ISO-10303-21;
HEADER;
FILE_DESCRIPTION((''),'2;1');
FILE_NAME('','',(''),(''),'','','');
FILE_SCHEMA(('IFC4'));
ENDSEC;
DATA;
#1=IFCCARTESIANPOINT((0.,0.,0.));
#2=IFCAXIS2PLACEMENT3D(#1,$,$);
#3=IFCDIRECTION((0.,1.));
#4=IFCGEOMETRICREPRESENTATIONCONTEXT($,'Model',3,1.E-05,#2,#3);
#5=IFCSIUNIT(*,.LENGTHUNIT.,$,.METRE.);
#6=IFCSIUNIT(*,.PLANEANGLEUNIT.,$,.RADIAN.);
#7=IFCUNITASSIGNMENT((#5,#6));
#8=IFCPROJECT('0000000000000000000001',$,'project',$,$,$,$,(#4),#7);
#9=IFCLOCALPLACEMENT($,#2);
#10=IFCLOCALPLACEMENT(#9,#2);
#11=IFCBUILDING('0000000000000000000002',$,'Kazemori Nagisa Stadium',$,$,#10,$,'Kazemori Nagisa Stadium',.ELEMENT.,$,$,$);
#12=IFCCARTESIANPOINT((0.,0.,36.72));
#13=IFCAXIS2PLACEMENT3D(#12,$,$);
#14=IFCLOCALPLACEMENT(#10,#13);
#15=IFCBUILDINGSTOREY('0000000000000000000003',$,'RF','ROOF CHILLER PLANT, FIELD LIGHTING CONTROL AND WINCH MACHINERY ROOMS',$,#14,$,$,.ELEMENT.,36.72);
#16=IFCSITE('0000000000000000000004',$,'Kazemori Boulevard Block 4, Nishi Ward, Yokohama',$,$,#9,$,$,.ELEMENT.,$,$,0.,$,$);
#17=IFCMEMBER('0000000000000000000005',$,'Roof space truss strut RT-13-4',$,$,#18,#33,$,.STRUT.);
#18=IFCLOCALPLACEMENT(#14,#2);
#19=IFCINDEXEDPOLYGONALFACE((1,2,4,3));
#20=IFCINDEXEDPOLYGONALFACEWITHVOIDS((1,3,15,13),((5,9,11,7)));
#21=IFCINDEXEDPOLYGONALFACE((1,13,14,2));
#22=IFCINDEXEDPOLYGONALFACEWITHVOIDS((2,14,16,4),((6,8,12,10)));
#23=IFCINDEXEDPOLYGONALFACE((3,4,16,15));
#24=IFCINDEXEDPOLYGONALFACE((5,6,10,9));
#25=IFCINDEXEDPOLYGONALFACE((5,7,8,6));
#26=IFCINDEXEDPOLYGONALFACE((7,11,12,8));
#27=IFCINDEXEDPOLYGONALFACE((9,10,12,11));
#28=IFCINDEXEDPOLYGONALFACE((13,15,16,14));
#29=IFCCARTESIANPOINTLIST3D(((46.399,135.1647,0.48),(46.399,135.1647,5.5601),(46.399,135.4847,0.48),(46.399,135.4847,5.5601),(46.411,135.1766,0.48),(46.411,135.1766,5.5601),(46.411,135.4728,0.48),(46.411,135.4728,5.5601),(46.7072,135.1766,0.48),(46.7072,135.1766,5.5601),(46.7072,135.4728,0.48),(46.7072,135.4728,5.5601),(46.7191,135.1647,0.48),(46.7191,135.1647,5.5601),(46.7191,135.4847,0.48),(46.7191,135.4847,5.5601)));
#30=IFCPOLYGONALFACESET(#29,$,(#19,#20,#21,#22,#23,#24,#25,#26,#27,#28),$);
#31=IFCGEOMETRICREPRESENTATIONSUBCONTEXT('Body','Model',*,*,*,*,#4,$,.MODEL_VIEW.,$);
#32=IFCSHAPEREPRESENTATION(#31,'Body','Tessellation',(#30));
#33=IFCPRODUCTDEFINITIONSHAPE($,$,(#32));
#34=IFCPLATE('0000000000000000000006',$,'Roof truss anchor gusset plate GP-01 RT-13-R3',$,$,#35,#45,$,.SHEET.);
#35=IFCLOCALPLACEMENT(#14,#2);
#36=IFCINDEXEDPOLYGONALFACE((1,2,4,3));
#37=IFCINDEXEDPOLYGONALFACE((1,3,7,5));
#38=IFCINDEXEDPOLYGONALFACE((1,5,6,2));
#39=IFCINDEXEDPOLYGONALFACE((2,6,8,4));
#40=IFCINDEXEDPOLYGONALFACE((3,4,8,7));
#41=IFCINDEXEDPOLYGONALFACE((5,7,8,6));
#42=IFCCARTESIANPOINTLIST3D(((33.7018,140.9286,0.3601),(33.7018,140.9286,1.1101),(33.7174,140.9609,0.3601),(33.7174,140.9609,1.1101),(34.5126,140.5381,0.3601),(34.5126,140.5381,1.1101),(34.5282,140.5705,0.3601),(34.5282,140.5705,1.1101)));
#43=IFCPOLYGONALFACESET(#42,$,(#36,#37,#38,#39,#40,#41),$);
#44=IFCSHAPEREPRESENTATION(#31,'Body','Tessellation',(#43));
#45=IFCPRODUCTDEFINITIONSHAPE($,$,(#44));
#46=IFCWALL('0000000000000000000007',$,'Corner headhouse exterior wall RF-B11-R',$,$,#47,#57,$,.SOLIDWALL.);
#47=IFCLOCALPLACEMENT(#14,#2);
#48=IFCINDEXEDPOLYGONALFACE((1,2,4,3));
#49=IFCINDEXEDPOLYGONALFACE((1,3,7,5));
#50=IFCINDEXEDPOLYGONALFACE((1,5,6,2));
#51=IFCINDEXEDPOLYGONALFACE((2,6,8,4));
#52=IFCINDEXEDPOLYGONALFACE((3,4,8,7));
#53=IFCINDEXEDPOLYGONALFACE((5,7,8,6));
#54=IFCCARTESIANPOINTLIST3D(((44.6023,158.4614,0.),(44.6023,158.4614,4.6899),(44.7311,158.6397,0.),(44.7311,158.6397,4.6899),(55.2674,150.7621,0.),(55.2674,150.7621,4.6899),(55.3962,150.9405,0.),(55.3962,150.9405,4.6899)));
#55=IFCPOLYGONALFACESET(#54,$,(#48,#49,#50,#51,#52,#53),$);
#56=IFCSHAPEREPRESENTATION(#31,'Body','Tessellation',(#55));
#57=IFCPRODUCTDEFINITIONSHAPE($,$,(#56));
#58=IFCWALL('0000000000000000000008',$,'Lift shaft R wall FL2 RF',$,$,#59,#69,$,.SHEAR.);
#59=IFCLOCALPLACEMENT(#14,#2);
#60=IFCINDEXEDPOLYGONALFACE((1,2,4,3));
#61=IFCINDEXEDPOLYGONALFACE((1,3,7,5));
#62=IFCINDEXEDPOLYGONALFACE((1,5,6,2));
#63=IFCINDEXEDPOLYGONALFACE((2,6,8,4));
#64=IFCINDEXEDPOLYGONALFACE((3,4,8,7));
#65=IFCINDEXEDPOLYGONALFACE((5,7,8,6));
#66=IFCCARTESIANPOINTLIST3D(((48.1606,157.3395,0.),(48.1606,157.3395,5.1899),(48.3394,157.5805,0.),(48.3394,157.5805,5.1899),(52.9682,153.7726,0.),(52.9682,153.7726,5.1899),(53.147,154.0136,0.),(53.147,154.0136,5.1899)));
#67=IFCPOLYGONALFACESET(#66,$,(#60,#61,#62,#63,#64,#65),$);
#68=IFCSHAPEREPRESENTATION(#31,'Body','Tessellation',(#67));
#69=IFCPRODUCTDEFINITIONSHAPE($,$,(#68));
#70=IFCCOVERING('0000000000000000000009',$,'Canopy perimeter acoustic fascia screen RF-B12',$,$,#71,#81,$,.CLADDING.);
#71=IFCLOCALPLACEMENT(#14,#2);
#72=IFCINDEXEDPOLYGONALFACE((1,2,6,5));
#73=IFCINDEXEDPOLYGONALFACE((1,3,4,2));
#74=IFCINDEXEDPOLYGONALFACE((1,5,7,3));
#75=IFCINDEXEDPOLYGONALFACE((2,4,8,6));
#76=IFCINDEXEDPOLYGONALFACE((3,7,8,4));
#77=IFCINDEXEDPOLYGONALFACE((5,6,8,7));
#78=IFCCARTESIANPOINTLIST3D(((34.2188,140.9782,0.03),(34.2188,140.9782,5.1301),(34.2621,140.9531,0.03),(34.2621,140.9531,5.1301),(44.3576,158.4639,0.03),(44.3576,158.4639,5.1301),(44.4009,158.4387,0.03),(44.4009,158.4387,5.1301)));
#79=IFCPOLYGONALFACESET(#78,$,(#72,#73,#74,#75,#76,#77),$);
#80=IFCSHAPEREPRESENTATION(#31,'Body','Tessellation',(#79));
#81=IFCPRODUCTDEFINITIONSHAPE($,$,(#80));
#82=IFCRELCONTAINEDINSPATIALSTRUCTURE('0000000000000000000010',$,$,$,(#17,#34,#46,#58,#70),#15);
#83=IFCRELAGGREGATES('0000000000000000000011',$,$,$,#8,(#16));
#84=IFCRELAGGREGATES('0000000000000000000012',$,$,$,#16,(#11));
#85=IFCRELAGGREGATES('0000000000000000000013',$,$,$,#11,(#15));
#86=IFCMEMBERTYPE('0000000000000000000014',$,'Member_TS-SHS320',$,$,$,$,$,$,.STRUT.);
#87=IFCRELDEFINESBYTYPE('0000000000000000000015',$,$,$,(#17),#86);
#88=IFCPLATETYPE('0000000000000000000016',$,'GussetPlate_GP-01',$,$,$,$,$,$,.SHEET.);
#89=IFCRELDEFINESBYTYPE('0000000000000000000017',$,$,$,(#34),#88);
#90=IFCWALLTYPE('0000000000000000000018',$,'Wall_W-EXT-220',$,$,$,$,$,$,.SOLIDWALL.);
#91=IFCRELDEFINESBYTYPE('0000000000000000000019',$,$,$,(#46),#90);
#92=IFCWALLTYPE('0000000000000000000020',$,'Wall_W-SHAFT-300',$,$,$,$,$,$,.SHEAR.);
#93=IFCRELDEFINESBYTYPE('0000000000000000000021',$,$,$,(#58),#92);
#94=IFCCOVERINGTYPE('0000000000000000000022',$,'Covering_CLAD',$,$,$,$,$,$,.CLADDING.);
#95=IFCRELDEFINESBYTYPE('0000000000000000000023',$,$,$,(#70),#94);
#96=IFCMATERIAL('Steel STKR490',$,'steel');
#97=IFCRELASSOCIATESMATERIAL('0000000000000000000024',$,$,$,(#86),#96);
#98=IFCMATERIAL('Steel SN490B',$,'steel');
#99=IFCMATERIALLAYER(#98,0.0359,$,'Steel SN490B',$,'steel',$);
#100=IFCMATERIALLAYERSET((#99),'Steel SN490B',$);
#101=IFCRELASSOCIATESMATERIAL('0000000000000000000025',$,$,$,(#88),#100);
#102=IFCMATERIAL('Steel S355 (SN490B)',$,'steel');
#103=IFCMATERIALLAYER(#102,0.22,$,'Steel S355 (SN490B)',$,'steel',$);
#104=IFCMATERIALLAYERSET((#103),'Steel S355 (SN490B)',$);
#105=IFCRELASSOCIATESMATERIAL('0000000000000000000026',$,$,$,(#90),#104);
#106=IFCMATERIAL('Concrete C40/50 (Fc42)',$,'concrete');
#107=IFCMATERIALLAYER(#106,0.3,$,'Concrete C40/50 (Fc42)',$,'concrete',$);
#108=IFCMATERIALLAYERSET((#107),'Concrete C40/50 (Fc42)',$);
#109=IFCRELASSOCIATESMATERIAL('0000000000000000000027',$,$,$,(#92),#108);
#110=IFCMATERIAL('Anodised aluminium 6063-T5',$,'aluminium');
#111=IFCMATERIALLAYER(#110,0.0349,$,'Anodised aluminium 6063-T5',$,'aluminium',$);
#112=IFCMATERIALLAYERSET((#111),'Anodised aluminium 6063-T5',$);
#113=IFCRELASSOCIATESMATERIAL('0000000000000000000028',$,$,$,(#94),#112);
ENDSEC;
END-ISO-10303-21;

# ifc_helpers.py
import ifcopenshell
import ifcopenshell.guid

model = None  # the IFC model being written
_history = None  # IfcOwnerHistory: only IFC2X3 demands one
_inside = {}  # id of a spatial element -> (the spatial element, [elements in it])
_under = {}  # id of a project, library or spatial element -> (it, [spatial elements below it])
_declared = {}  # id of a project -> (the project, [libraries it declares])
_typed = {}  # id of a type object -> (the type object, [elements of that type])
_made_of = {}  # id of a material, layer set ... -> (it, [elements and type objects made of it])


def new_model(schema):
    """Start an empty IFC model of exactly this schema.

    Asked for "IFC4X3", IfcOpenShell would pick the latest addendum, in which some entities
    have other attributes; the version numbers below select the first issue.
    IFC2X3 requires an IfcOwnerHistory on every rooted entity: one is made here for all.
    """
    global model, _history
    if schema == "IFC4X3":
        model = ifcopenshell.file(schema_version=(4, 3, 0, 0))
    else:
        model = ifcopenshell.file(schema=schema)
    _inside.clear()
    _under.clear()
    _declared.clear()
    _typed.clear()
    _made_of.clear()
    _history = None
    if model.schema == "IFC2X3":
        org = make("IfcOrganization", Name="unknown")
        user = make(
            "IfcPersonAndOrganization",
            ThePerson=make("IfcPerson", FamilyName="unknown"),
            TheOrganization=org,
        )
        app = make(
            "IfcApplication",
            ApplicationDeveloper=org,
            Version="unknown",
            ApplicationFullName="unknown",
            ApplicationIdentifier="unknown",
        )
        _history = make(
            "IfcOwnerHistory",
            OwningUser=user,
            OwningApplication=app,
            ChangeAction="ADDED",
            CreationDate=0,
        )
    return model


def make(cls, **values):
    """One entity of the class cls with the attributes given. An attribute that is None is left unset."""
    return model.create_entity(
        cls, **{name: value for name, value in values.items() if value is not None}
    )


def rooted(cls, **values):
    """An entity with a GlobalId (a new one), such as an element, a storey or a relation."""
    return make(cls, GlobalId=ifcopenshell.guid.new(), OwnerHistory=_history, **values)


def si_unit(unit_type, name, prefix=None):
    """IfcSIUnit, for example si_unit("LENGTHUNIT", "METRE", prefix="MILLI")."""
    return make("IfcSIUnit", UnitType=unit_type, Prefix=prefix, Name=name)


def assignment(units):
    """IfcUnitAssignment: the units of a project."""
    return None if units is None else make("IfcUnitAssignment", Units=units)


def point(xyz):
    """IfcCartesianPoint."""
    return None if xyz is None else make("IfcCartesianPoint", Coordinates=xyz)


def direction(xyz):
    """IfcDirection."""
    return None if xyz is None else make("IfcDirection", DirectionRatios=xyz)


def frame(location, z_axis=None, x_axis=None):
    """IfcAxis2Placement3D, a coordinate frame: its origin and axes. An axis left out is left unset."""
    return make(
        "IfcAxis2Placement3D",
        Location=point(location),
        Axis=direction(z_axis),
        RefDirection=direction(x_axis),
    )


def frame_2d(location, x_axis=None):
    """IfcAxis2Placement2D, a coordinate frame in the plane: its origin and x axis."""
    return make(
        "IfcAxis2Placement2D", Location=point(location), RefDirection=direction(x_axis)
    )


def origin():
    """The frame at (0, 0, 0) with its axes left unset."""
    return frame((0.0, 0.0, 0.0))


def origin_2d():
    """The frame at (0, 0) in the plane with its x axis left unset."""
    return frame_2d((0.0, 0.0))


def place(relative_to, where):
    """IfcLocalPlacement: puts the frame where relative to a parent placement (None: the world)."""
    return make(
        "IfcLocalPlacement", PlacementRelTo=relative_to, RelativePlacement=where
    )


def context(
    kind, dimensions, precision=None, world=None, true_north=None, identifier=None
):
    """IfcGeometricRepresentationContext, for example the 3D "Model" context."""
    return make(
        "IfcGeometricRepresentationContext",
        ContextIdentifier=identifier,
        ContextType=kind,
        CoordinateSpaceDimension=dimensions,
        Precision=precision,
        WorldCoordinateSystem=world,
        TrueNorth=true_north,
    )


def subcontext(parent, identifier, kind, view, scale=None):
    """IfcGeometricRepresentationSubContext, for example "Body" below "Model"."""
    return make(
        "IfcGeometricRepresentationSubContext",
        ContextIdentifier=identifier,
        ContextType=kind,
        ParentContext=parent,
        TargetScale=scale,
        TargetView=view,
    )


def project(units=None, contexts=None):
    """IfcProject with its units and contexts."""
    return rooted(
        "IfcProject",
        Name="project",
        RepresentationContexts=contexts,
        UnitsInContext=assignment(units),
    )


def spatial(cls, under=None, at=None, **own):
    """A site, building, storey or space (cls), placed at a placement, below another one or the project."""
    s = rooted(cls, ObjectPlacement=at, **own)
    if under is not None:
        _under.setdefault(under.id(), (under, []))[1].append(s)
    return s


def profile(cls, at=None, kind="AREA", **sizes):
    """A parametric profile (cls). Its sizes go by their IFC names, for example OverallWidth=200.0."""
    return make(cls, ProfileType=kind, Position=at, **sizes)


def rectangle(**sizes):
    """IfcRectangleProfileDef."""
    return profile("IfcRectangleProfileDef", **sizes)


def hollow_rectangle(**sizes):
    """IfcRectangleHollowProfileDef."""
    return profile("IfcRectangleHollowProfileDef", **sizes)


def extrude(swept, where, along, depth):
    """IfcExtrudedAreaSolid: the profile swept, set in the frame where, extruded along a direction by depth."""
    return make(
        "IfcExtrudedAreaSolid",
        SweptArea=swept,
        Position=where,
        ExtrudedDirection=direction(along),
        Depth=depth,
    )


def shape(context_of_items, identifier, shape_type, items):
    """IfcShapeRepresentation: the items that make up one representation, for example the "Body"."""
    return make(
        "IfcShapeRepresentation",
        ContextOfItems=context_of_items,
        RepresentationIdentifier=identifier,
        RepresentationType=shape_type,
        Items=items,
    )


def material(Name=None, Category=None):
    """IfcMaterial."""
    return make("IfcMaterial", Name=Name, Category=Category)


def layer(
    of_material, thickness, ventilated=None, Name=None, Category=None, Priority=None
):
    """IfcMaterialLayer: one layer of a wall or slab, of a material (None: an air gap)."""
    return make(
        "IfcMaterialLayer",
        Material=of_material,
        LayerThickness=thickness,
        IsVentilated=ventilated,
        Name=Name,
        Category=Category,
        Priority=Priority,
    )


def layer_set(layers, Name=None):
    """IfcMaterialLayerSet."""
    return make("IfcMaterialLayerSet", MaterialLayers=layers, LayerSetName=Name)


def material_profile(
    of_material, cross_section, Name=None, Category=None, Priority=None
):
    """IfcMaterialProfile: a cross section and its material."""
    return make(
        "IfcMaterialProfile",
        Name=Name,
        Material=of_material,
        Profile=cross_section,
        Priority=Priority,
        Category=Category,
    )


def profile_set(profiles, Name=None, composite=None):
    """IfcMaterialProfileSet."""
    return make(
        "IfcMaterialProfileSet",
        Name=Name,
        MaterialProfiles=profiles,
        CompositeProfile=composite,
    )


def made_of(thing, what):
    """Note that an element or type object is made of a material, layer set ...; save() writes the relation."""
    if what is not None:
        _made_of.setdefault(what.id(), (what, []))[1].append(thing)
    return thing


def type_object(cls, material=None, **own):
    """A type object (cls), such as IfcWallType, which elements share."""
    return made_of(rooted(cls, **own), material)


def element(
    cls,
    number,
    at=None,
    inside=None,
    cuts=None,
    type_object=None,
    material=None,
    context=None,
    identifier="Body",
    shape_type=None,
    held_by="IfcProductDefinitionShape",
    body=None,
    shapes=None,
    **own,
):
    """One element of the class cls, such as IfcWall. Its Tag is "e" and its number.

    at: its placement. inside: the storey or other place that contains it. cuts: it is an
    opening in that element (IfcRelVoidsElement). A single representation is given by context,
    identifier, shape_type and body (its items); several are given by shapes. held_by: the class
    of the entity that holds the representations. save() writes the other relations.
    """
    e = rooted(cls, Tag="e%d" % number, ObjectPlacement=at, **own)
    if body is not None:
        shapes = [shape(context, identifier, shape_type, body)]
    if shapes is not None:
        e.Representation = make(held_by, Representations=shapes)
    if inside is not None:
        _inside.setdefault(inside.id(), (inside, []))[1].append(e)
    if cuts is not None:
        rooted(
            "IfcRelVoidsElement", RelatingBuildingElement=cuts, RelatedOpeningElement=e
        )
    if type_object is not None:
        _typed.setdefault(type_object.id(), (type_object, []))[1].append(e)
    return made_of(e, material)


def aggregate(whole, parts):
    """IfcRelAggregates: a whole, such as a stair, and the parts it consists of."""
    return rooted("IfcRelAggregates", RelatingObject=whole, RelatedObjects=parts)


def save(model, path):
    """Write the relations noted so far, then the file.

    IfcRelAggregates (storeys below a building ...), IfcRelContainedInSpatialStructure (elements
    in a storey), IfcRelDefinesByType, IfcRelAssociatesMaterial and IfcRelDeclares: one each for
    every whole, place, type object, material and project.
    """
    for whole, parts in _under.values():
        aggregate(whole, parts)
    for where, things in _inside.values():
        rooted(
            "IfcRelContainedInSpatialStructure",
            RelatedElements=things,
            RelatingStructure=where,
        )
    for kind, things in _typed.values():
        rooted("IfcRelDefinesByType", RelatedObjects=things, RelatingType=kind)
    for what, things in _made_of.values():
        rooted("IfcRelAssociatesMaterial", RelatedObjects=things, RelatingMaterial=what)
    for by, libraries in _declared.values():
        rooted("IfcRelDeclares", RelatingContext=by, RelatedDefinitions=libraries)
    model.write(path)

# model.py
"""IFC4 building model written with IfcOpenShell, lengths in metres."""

from ifc_helpers import new_model, si_unit, direction, frame, frame_2d, origin, origin_2d, place, context, subcontext, project, spatial, rectangle, hollow_rectangle, extrude, material, layer, layer_set, material_profile, profile_set, type_object, element, save


model = new_model("IFC4")

# Units and contexts
model_context = context("Model", 3, precision=1e-05, world=origin(), true_north=direction((0.0, 1.0)))
body_context = subcontext(model_context, "Body", "Model", "MODEL_VIEW")
ifc_project = project(units=[si_unit("LENGTHUNIT", "METRE"), si_unit("PLANEANGLEUNIT", "RADIAN")], contexts=[model_context])

# Site, building, storey
site_placement = place(None, origin())
site = spatial("IfcSite", under=ifc_project, at=site_placement, Name="Kazemori Boulevard Block 4, Nishi Ward, Yokohama", CompositionType="ELEMENT", RefElevation=0.0)
building_placement = place(site_placement, origin())
building = spatial("IfcBuilding", under=site, at=building_placement, Name="Kazemori Nagisa Stadium", LongName="Kazemori Nagisa Stadium", CompositionType="ELEMENT")
storey_placement = place(building_placement, frame((0.0, 0.0, 36.72)))
storey = spatial("IfcBuildingStorey", under=building, at=storey_placement, Name="RF", Description="ROOF CHILLER PLANT, FIELD LIGHTING CONTROL AND WINCH MACHINERY ROOMS", CompositionType="ELEMENT", Elevation=36.72)

# Shared definitions
ifc_material_1 = material(Name="Steel SN490B", Category="steel")

# Member
ifc_material_2 = material(Name="Steel STKR490", Category="steel")
ifc_material_profile_1 = material_profile(ifc_material_2, hollow_rectangle(XDim=0.3201, YDim=0.3201, WallThickness=0.012, at=origin_2d()), Name="SHS-320x320x12")
ifc_profile_set_1 = profile_set([ifc_material_profile_1], Name="Steel STKR490")
member_type_1 = type_object("IfcMemberType", Name="Member_TS-SHS320", PredefinedType="STRUT", material=ifc_profile_set_1)
member_1_placement = place(storey_placement, frame((46.5591, 135.3247, 0.48), z_axis=(0.0, 0.0, 1.0), x_axis=(1.0, 0.0, 0.0)))
element("IfcMember", 1, at=member_1_placement, inside=storey, type_object=member_type_1, Name="Roof space truss strut RT-13-4", PredefinedType="STRUT", context=body_context, shape_type="SweptSolid", body=[
    extrude(hollow_rectangle(XDim=0.3201, YDim=0.3201, WallThickness=0.012, at=origin_2d()), origin(), (0.0, 0.0, 1.0), 5.0801),
])

# Plate
ifc_layer_1 = layer(ifc_material_1, 0.0359, Name="Steel SN490B", Category="steel")
ifc_layer_set_1 = layer_set([ifc_layer_1], Name="Steel SN490B")
plate_type = type_object("IfcPlateType", Name="GussetPlate_GP-01", PredefinedType="SHEET", material=ifc_layer_set_1)
plate_placement = place(storey_placement, frame((34.115, 140.7495, 0.3601), z_axis=(0.0, 0.0, 1.0), x_axis=(-0.900969, 0.433884, 0.0)))
element("IfcPlate", 2, at=plate_placement, inside=storey, type_object=plate_type, Name="Roof truss anchor gusset plate GP-01 RT-13-R3", PredefinedType="SHEET", context=body_context, shape_type="SweptSolid", body=[
    extrude(rectangle(XDim=0.8999, YDim=0.0359, at=origin_2d()), origin(), (0.0, 0.0, 1.0), 0.75),
])

# Walls
ifc_material_3 = material(Name="Steel S355 (SN490B)", Category="steel")
ifc_layer_2 = layer(ifc_material_3, 0.22, Name="Steel S355 (SN490B)", Category="steel")
ifc_layer_set_2 = layer_set([ifc_layer_2], Name="Steel S355 (SN490B)")
wall_type_1 = type_object("IfcWallType", Name="Wall_W-EXT-220", PredefinedType="SOLIDWALL", material=ifc_layer_set_2)
wall_1_placement = place(storey_placement, frame((55.3318, 150.8513, 0.0), z_axis=(0.0, 0.0, 1.0), x_axis=(-0.810799, 0.585325, 0.0)))
element("IfcWall", 3, at=wall_1_placement, inside=storey, type_object=wall_type_1, Name="Corner headhouse exterior wall RF-B11-R", PredefinedType="SOLIDWALL", context=body_context, shape_type="SweptSolid", body=[
    extrude(rectangle(XDim=13.1538, YDim=0.22, at=frame_2d((6.5769, 0.0))), origin(), (0.0, 0.0, 1.0), 4.6899),
])
ifc_material_4 = material(Name="Concrete C40/50 (Fc42)", Category="concrete")
ifc_layer_3 = layer(ifc_material_4, 0.3, Name="Concrete C40/50 (Fc42)", Category="concrete")
ifc_layer_set_3 = layer_set([ifc_layer_3], Name="Concrete C40/50 (Fc42)")
wall_type_2 = type_object("IfcWallType", Name="Wall_W-SHAFT-300", PredefinedType="SHEAR", material=ifc_layer_set_3)
wall_2_placement = place(storey_placement, frame((53.0576, 153.8931, 0.0), z_axis=(0.0, 0.0, 1.0), x_axis=(-0.803102, 0.595842, 0.0)))
element("IfcWall", 4, at=wall_2_placement, inside=storey, type_object=wall_type_2, Name="Lift shaft R wall FL2 RF", PredefinedType="SHEAR", context=body_context, shape_type="SweptSolid", body=[
    extrude(rectangle(XDim=5.9863, YDim=0.3, at=frame_2d((2.9932, 0.0))), origin(), (0.0, 0.0, 1.0), 5.1899),
])

# Covering
ifc_material_5 = material(Name="Anodised aluminium 6063-T5", Category="aluminium")
ifc_layer_4 = layer(ifc_material_5, 0.0349, Name="Anodised aluminium 6063-T5", Category="aluminium")
ifc_layer_set_4 = layer_set([ifc_layer_4], Name="Anodised aluminium 6063-T5")
covering_type = type_object("IfcCoveringType", Name="Covering_CLAD", PredefinedType="CLADDING", material=ifc_layer_set_4)
covering_placement = place(storey_placement, frame((39.3098, 149.7085, 0.03), z_axis=(0.0, 0.0, 1.0), x_axis=(-0.501612, -0.865093, 0.0)))
element("IfcCovering", 5, at=covering_placement, inside=storey, type_object=covering_type, Name="Canopy perimeter acoustic fascia screen RF-B12", PredefinedType="CLADDING", context=body_context, shape_type="SweptSolid", body=[
    extrude(rectangle(XDim=20.2124, YDim=0.05, at=origin_2d()), origin(), (0.0, 0.0, 1.0), 5.1001),
])

save(model, "model.ifc")
